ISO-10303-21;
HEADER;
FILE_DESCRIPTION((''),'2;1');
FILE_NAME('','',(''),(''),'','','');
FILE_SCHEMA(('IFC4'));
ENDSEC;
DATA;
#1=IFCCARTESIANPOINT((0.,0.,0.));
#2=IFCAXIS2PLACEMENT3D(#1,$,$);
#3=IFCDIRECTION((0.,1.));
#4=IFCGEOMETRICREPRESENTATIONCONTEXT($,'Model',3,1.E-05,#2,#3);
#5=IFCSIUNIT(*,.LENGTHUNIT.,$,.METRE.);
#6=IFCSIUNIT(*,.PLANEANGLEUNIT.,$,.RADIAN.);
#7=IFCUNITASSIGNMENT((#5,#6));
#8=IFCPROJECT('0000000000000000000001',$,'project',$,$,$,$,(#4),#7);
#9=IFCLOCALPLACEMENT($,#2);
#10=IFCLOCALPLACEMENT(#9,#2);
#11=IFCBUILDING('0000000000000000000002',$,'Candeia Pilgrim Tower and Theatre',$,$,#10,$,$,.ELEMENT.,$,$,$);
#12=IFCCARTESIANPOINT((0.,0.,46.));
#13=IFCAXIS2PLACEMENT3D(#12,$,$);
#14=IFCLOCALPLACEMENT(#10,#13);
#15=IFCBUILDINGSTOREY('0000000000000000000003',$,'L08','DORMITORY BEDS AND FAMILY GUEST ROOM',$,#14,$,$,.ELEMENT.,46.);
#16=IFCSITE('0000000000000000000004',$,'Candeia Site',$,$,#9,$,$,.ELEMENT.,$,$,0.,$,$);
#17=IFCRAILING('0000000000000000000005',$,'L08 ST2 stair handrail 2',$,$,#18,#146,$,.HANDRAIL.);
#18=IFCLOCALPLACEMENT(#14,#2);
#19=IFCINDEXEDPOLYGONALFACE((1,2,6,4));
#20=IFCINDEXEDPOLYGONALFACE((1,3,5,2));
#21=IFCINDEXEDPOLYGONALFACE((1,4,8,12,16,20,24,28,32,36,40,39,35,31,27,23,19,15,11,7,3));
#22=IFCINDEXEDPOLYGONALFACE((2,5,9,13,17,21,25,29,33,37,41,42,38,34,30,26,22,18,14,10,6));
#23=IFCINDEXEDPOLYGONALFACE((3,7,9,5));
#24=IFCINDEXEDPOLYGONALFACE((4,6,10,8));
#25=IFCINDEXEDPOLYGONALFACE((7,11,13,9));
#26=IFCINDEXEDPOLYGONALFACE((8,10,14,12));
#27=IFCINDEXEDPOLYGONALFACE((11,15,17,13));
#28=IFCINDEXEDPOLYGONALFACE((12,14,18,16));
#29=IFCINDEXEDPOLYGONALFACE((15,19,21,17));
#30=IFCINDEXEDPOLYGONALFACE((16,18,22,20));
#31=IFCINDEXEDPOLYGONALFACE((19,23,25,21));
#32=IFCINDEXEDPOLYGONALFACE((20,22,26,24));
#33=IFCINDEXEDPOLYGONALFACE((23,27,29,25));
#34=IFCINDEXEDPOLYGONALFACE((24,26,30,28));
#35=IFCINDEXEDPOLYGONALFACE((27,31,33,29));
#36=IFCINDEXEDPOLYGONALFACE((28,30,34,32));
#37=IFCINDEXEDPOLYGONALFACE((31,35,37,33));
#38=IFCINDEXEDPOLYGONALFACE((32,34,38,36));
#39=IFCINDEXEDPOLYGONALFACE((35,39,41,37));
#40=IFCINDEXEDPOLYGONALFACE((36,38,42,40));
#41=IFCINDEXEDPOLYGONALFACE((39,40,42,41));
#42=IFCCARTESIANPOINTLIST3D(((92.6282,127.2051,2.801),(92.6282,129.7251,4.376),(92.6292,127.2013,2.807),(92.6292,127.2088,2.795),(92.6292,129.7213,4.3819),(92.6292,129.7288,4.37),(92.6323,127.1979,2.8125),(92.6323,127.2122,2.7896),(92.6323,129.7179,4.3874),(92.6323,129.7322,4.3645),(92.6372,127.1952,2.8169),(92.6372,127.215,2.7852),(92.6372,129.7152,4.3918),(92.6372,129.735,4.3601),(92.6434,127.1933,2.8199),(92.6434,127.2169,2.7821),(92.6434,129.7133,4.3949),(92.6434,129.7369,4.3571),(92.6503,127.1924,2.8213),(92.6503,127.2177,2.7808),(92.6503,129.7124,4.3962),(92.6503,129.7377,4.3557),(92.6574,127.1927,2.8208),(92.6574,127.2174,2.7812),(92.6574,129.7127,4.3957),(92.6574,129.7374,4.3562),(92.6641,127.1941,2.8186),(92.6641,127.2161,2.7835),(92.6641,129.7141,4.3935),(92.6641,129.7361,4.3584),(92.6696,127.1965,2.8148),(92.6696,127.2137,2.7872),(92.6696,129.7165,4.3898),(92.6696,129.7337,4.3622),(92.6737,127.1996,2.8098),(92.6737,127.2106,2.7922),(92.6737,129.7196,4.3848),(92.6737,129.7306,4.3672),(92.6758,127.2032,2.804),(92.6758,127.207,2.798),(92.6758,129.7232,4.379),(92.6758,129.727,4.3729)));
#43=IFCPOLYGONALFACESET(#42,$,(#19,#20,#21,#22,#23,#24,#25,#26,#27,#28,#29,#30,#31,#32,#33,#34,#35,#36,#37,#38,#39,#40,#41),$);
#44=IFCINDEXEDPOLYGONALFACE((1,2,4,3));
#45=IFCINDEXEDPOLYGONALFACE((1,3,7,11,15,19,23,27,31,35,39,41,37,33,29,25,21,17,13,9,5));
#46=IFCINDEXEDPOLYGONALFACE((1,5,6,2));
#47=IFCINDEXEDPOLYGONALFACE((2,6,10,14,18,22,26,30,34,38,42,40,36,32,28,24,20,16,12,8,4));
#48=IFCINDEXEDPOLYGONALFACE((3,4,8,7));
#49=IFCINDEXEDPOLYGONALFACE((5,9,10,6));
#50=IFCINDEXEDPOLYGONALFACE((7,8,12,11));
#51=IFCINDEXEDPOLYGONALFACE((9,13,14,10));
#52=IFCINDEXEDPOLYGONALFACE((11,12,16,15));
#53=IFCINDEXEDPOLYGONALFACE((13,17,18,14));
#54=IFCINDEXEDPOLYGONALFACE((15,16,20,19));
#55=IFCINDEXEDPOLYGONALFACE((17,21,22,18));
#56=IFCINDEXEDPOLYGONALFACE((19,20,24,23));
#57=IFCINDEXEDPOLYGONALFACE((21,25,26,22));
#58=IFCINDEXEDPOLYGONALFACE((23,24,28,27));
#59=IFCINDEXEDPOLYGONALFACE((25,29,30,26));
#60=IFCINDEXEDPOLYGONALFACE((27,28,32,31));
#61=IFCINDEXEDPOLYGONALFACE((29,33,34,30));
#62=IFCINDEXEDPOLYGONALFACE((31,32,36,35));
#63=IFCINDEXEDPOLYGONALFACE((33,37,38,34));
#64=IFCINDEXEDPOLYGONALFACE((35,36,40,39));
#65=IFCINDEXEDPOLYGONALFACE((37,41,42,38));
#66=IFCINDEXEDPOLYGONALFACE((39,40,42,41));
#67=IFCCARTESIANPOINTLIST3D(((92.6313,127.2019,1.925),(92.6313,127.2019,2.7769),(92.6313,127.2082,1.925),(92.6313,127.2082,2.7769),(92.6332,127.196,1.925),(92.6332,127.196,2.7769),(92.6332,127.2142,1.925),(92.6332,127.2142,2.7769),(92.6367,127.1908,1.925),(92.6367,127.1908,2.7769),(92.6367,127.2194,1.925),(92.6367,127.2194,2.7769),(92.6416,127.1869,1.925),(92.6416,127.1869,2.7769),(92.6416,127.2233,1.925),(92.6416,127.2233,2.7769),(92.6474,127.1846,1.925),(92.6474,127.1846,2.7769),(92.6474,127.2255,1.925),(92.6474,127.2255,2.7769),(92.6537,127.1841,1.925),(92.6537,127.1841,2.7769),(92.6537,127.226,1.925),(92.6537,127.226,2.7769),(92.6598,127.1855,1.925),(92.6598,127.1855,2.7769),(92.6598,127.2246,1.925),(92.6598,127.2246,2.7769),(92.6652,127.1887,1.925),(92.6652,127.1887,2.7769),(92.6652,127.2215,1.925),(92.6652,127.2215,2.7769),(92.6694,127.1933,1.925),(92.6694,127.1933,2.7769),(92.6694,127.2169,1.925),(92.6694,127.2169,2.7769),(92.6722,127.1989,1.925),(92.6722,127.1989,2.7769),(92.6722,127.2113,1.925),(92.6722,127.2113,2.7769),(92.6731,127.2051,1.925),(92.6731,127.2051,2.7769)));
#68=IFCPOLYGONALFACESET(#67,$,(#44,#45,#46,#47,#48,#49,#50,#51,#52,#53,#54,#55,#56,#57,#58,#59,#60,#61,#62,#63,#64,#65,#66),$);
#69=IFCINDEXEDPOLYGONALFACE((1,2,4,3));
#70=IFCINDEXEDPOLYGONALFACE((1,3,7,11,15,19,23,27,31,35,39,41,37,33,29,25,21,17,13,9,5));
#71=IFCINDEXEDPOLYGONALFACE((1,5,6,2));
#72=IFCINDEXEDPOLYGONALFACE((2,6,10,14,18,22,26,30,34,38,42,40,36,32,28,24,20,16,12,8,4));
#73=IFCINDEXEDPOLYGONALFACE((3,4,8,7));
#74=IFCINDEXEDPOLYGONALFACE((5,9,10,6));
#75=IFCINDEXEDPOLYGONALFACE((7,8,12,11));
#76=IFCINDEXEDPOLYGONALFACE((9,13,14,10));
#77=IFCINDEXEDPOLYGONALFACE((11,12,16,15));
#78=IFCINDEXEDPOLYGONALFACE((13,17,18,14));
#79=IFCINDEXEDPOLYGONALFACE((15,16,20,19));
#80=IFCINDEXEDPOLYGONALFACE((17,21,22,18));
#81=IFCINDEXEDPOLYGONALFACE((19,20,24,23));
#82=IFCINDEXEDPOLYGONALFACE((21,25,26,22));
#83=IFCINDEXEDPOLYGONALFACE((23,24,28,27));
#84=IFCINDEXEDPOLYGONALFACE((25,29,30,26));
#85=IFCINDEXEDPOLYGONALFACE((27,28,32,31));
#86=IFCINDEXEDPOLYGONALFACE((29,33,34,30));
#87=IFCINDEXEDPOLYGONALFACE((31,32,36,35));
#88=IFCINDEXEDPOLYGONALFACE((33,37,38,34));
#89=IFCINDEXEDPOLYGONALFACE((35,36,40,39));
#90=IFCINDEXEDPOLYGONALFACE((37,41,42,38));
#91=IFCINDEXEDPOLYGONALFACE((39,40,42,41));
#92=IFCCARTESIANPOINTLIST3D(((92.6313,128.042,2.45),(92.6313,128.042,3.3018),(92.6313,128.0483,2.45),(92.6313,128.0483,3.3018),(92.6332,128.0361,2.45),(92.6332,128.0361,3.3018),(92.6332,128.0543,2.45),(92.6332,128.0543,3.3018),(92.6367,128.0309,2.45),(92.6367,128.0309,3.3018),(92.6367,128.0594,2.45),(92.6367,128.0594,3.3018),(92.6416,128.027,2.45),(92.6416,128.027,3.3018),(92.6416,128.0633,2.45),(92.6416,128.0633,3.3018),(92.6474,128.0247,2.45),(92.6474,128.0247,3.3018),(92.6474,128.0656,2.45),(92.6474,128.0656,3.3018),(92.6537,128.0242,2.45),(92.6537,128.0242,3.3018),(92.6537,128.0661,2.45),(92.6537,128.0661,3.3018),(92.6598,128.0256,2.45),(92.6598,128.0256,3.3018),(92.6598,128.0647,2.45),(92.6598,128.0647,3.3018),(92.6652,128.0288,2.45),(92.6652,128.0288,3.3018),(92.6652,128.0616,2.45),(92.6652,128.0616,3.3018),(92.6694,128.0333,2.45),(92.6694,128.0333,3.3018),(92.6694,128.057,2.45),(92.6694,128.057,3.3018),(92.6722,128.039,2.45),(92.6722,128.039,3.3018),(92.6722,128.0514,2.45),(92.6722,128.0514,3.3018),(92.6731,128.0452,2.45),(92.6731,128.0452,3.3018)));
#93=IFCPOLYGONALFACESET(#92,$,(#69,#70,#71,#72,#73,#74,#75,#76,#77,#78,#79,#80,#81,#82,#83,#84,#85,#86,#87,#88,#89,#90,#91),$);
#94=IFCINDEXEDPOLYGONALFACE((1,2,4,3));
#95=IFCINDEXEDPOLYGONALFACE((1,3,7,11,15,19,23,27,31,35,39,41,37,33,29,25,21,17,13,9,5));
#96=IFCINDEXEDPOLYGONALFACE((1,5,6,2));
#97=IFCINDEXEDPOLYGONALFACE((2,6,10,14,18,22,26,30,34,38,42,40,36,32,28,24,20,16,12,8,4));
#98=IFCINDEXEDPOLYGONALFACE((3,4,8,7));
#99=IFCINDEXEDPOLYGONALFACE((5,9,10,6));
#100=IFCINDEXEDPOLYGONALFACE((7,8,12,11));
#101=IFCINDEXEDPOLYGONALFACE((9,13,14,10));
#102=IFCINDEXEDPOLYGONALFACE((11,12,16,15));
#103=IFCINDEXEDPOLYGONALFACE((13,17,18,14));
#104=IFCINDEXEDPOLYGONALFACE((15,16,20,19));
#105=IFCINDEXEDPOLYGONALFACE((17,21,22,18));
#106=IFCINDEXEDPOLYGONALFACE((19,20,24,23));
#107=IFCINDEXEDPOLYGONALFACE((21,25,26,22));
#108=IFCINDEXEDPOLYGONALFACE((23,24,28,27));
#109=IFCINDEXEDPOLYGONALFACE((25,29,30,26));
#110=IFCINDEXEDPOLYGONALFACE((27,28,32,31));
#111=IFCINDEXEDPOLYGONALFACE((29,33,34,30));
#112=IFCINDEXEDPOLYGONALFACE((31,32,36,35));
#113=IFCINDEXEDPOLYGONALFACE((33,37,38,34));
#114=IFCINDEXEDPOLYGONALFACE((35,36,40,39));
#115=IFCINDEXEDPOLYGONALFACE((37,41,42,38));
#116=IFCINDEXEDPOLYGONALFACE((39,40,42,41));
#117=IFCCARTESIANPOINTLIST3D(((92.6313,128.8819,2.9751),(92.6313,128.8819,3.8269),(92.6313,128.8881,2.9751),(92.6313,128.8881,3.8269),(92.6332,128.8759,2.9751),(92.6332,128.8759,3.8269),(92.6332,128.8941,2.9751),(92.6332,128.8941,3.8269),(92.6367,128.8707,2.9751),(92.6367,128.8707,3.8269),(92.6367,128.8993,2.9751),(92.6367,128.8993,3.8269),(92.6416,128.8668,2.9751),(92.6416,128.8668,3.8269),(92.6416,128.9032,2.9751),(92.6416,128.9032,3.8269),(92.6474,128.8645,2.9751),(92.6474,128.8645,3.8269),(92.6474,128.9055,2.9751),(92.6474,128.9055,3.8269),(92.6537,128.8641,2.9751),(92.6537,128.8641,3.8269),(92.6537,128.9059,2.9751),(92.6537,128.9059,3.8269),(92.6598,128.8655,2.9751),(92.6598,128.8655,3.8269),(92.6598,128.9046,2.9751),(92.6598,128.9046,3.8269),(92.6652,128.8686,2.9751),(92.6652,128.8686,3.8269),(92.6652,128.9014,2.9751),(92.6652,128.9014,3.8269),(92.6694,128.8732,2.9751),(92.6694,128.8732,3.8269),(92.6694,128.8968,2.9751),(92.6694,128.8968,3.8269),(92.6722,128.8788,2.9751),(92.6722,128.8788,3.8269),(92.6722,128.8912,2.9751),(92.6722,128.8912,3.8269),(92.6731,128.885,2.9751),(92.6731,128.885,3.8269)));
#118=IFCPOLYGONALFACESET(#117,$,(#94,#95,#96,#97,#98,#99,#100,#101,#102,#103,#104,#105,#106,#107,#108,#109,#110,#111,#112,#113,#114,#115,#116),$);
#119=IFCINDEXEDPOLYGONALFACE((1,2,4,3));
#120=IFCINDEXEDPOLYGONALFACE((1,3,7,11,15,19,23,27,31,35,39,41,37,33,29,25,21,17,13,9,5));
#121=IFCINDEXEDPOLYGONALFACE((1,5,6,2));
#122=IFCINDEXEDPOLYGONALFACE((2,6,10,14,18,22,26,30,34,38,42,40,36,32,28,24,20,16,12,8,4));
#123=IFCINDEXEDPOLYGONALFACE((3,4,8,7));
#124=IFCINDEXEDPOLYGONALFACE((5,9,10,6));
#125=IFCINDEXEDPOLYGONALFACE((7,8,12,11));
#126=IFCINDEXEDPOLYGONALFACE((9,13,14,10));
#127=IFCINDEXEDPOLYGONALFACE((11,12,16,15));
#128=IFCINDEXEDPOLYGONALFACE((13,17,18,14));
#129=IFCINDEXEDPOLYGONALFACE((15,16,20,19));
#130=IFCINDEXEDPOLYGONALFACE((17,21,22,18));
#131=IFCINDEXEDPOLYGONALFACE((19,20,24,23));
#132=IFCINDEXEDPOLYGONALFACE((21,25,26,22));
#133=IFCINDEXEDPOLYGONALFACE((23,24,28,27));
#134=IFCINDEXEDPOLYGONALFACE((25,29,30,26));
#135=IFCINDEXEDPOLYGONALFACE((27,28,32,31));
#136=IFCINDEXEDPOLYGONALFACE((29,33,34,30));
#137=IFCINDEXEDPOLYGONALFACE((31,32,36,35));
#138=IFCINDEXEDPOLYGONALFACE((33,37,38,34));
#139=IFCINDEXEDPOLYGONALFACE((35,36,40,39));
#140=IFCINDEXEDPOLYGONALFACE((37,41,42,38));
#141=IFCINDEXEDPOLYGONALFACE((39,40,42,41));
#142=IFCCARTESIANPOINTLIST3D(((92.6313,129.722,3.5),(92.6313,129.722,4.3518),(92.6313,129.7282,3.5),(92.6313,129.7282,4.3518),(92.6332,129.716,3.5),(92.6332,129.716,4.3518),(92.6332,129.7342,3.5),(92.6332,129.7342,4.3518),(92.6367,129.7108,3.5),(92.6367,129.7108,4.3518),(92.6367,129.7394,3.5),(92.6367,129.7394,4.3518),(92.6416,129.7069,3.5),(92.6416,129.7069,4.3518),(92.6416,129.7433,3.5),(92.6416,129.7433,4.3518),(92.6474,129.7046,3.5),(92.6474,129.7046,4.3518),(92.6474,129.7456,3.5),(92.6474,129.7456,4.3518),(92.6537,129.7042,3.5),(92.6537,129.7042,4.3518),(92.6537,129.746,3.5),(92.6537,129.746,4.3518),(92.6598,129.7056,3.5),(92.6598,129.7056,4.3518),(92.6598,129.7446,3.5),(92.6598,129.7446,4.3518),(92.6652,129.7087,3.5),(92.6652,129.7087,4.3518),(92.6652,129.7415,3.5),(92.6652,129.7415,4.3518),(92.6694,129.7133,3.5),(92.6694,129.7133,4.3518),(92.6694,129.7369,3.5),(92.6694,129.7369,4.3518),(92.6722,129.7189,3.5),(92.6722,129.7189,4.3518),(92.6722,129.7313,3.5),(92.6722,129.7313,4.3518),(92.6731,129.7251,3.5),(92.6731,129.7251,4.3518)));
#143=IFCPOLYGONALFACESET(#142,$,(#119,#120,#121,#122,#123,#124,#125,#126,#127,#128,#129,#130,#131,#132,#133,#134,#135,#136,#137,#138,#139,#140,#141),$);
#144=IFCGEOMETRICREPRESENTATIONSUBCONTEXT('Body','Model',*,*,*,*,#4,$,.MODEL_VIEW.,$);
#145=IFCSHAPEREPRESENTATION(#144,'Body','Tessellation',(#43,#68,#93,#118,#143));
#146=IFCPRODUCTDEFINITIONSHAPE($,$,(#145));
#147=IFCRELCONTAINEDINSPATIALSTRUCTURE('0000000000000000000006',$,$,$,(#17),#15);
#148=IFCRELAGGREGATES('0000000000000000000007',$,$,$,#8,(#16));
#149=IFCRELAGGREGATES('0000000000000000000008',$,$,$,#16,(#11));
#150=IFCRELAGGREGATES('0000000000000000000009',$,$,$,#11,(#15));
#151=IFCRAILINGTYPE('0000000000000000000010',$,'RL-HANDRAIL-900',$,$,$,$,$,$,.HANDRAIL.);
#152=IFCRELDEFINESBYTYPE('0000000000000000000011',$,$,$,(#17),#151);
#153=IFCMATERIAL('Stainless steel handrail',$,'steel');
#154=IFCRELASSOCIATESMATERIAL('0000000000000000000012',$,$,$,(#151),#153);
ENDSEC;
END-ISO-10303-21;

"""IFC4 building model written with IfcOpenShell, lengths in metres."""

from ifc_helpers import new_model, si_unit, direction, frame, origin, origin_2d, place, context, subcontext, project, spatial, circle, extrude, material, type_object, element, save


model = new_model("IFC4")

# Units and contexts
model_context = context("Model", 3, precision=1e-05, world=origin(), true_north=direction((0.0, 1.0)))
body_context = subcontext(model_context, "Body", "Model", "MODEL_VIEW")
ifc_project = project(units=[si_unit("LENGTHUNIT", "METRE"), si_unit("PLANEANGLEUNIT", "RADIAN")], contexts=[model_context])

# Site, building, storey
site_placement = place(None, origin())
site = spatial("IfcSite", under=ifc_project, at=site_placement, Name="Candeia Site", CompositionType="ELEMENT", RefElevation=0.0)
building_placement = place(site_placement, origin())
building = spatial("IfcBuilding", under=site, at=building_placement, Name="Candeia Pilgrim Tower and Theatre", CompositionType="ELEMENT")
storey_placement = place(building_placement, frame((0.0, 0.0, 46.0)))
storey = spatial("IfcBuildingStorey", under=building, at=storey_placement, Name="L08", Description="DORMITORY BEDS AND FAMILY GUEST ROOM", CompositionType="ELEMENT", Elevation=46.0)

# Railing
ifc_material_1 = material(Name="Stainless steel handrail", Category="steel")
railing_type_1 = type_object("IfcRailingType", Name="RL-HANDRAIL-900", PredefinedType="HANDRAIL", material=ifc_material_1)
railing_1_placement = place(storey_placement, frame((92.6521, 127.2051, 1.925)))
element("IfcRailing", 1, at=railing_1_placement, inside=storey, type_object=railing_type_1, Name="L08 ST2 stair handrail 2", PredefinedType="HANDRAIL", context=body_context, shape_type="SweptSolid", body=[
    extrude(circle(Radius=0.0239, at=origin_2d()), frame((0.0, 0.0, 0.876), z_axis=(0.0, 0.848008, 0.529984), x_axis=(-1.0, 0.0, 0.0)), (0.0, 0.0, 1.0), 2.9717),
    extrude(circle(Radius=0.021, at=origin_2d()), origin(), (0.0, 0.0, 1.0), 0.8518),
    extrude(circle(Radius=0.021, at=origin_2d()), frame((0.0, 0.8401, 0.5249)), (0.0, 0.0, 1.0), 0.8518),
    extrude(circle(Radius=0.021, at=origin_2d()), frame((0.0, 1.6799, 1.05)), (0.0, 0.0, 1.0), 0.8518),
    extrude(circle(Radius=0.021, at=origin_2d()), frame((0.0, 2.52, 1.575)), (0.0, 0.0, 1.0), 0.8518),
])

save(model, "model.ifc")
